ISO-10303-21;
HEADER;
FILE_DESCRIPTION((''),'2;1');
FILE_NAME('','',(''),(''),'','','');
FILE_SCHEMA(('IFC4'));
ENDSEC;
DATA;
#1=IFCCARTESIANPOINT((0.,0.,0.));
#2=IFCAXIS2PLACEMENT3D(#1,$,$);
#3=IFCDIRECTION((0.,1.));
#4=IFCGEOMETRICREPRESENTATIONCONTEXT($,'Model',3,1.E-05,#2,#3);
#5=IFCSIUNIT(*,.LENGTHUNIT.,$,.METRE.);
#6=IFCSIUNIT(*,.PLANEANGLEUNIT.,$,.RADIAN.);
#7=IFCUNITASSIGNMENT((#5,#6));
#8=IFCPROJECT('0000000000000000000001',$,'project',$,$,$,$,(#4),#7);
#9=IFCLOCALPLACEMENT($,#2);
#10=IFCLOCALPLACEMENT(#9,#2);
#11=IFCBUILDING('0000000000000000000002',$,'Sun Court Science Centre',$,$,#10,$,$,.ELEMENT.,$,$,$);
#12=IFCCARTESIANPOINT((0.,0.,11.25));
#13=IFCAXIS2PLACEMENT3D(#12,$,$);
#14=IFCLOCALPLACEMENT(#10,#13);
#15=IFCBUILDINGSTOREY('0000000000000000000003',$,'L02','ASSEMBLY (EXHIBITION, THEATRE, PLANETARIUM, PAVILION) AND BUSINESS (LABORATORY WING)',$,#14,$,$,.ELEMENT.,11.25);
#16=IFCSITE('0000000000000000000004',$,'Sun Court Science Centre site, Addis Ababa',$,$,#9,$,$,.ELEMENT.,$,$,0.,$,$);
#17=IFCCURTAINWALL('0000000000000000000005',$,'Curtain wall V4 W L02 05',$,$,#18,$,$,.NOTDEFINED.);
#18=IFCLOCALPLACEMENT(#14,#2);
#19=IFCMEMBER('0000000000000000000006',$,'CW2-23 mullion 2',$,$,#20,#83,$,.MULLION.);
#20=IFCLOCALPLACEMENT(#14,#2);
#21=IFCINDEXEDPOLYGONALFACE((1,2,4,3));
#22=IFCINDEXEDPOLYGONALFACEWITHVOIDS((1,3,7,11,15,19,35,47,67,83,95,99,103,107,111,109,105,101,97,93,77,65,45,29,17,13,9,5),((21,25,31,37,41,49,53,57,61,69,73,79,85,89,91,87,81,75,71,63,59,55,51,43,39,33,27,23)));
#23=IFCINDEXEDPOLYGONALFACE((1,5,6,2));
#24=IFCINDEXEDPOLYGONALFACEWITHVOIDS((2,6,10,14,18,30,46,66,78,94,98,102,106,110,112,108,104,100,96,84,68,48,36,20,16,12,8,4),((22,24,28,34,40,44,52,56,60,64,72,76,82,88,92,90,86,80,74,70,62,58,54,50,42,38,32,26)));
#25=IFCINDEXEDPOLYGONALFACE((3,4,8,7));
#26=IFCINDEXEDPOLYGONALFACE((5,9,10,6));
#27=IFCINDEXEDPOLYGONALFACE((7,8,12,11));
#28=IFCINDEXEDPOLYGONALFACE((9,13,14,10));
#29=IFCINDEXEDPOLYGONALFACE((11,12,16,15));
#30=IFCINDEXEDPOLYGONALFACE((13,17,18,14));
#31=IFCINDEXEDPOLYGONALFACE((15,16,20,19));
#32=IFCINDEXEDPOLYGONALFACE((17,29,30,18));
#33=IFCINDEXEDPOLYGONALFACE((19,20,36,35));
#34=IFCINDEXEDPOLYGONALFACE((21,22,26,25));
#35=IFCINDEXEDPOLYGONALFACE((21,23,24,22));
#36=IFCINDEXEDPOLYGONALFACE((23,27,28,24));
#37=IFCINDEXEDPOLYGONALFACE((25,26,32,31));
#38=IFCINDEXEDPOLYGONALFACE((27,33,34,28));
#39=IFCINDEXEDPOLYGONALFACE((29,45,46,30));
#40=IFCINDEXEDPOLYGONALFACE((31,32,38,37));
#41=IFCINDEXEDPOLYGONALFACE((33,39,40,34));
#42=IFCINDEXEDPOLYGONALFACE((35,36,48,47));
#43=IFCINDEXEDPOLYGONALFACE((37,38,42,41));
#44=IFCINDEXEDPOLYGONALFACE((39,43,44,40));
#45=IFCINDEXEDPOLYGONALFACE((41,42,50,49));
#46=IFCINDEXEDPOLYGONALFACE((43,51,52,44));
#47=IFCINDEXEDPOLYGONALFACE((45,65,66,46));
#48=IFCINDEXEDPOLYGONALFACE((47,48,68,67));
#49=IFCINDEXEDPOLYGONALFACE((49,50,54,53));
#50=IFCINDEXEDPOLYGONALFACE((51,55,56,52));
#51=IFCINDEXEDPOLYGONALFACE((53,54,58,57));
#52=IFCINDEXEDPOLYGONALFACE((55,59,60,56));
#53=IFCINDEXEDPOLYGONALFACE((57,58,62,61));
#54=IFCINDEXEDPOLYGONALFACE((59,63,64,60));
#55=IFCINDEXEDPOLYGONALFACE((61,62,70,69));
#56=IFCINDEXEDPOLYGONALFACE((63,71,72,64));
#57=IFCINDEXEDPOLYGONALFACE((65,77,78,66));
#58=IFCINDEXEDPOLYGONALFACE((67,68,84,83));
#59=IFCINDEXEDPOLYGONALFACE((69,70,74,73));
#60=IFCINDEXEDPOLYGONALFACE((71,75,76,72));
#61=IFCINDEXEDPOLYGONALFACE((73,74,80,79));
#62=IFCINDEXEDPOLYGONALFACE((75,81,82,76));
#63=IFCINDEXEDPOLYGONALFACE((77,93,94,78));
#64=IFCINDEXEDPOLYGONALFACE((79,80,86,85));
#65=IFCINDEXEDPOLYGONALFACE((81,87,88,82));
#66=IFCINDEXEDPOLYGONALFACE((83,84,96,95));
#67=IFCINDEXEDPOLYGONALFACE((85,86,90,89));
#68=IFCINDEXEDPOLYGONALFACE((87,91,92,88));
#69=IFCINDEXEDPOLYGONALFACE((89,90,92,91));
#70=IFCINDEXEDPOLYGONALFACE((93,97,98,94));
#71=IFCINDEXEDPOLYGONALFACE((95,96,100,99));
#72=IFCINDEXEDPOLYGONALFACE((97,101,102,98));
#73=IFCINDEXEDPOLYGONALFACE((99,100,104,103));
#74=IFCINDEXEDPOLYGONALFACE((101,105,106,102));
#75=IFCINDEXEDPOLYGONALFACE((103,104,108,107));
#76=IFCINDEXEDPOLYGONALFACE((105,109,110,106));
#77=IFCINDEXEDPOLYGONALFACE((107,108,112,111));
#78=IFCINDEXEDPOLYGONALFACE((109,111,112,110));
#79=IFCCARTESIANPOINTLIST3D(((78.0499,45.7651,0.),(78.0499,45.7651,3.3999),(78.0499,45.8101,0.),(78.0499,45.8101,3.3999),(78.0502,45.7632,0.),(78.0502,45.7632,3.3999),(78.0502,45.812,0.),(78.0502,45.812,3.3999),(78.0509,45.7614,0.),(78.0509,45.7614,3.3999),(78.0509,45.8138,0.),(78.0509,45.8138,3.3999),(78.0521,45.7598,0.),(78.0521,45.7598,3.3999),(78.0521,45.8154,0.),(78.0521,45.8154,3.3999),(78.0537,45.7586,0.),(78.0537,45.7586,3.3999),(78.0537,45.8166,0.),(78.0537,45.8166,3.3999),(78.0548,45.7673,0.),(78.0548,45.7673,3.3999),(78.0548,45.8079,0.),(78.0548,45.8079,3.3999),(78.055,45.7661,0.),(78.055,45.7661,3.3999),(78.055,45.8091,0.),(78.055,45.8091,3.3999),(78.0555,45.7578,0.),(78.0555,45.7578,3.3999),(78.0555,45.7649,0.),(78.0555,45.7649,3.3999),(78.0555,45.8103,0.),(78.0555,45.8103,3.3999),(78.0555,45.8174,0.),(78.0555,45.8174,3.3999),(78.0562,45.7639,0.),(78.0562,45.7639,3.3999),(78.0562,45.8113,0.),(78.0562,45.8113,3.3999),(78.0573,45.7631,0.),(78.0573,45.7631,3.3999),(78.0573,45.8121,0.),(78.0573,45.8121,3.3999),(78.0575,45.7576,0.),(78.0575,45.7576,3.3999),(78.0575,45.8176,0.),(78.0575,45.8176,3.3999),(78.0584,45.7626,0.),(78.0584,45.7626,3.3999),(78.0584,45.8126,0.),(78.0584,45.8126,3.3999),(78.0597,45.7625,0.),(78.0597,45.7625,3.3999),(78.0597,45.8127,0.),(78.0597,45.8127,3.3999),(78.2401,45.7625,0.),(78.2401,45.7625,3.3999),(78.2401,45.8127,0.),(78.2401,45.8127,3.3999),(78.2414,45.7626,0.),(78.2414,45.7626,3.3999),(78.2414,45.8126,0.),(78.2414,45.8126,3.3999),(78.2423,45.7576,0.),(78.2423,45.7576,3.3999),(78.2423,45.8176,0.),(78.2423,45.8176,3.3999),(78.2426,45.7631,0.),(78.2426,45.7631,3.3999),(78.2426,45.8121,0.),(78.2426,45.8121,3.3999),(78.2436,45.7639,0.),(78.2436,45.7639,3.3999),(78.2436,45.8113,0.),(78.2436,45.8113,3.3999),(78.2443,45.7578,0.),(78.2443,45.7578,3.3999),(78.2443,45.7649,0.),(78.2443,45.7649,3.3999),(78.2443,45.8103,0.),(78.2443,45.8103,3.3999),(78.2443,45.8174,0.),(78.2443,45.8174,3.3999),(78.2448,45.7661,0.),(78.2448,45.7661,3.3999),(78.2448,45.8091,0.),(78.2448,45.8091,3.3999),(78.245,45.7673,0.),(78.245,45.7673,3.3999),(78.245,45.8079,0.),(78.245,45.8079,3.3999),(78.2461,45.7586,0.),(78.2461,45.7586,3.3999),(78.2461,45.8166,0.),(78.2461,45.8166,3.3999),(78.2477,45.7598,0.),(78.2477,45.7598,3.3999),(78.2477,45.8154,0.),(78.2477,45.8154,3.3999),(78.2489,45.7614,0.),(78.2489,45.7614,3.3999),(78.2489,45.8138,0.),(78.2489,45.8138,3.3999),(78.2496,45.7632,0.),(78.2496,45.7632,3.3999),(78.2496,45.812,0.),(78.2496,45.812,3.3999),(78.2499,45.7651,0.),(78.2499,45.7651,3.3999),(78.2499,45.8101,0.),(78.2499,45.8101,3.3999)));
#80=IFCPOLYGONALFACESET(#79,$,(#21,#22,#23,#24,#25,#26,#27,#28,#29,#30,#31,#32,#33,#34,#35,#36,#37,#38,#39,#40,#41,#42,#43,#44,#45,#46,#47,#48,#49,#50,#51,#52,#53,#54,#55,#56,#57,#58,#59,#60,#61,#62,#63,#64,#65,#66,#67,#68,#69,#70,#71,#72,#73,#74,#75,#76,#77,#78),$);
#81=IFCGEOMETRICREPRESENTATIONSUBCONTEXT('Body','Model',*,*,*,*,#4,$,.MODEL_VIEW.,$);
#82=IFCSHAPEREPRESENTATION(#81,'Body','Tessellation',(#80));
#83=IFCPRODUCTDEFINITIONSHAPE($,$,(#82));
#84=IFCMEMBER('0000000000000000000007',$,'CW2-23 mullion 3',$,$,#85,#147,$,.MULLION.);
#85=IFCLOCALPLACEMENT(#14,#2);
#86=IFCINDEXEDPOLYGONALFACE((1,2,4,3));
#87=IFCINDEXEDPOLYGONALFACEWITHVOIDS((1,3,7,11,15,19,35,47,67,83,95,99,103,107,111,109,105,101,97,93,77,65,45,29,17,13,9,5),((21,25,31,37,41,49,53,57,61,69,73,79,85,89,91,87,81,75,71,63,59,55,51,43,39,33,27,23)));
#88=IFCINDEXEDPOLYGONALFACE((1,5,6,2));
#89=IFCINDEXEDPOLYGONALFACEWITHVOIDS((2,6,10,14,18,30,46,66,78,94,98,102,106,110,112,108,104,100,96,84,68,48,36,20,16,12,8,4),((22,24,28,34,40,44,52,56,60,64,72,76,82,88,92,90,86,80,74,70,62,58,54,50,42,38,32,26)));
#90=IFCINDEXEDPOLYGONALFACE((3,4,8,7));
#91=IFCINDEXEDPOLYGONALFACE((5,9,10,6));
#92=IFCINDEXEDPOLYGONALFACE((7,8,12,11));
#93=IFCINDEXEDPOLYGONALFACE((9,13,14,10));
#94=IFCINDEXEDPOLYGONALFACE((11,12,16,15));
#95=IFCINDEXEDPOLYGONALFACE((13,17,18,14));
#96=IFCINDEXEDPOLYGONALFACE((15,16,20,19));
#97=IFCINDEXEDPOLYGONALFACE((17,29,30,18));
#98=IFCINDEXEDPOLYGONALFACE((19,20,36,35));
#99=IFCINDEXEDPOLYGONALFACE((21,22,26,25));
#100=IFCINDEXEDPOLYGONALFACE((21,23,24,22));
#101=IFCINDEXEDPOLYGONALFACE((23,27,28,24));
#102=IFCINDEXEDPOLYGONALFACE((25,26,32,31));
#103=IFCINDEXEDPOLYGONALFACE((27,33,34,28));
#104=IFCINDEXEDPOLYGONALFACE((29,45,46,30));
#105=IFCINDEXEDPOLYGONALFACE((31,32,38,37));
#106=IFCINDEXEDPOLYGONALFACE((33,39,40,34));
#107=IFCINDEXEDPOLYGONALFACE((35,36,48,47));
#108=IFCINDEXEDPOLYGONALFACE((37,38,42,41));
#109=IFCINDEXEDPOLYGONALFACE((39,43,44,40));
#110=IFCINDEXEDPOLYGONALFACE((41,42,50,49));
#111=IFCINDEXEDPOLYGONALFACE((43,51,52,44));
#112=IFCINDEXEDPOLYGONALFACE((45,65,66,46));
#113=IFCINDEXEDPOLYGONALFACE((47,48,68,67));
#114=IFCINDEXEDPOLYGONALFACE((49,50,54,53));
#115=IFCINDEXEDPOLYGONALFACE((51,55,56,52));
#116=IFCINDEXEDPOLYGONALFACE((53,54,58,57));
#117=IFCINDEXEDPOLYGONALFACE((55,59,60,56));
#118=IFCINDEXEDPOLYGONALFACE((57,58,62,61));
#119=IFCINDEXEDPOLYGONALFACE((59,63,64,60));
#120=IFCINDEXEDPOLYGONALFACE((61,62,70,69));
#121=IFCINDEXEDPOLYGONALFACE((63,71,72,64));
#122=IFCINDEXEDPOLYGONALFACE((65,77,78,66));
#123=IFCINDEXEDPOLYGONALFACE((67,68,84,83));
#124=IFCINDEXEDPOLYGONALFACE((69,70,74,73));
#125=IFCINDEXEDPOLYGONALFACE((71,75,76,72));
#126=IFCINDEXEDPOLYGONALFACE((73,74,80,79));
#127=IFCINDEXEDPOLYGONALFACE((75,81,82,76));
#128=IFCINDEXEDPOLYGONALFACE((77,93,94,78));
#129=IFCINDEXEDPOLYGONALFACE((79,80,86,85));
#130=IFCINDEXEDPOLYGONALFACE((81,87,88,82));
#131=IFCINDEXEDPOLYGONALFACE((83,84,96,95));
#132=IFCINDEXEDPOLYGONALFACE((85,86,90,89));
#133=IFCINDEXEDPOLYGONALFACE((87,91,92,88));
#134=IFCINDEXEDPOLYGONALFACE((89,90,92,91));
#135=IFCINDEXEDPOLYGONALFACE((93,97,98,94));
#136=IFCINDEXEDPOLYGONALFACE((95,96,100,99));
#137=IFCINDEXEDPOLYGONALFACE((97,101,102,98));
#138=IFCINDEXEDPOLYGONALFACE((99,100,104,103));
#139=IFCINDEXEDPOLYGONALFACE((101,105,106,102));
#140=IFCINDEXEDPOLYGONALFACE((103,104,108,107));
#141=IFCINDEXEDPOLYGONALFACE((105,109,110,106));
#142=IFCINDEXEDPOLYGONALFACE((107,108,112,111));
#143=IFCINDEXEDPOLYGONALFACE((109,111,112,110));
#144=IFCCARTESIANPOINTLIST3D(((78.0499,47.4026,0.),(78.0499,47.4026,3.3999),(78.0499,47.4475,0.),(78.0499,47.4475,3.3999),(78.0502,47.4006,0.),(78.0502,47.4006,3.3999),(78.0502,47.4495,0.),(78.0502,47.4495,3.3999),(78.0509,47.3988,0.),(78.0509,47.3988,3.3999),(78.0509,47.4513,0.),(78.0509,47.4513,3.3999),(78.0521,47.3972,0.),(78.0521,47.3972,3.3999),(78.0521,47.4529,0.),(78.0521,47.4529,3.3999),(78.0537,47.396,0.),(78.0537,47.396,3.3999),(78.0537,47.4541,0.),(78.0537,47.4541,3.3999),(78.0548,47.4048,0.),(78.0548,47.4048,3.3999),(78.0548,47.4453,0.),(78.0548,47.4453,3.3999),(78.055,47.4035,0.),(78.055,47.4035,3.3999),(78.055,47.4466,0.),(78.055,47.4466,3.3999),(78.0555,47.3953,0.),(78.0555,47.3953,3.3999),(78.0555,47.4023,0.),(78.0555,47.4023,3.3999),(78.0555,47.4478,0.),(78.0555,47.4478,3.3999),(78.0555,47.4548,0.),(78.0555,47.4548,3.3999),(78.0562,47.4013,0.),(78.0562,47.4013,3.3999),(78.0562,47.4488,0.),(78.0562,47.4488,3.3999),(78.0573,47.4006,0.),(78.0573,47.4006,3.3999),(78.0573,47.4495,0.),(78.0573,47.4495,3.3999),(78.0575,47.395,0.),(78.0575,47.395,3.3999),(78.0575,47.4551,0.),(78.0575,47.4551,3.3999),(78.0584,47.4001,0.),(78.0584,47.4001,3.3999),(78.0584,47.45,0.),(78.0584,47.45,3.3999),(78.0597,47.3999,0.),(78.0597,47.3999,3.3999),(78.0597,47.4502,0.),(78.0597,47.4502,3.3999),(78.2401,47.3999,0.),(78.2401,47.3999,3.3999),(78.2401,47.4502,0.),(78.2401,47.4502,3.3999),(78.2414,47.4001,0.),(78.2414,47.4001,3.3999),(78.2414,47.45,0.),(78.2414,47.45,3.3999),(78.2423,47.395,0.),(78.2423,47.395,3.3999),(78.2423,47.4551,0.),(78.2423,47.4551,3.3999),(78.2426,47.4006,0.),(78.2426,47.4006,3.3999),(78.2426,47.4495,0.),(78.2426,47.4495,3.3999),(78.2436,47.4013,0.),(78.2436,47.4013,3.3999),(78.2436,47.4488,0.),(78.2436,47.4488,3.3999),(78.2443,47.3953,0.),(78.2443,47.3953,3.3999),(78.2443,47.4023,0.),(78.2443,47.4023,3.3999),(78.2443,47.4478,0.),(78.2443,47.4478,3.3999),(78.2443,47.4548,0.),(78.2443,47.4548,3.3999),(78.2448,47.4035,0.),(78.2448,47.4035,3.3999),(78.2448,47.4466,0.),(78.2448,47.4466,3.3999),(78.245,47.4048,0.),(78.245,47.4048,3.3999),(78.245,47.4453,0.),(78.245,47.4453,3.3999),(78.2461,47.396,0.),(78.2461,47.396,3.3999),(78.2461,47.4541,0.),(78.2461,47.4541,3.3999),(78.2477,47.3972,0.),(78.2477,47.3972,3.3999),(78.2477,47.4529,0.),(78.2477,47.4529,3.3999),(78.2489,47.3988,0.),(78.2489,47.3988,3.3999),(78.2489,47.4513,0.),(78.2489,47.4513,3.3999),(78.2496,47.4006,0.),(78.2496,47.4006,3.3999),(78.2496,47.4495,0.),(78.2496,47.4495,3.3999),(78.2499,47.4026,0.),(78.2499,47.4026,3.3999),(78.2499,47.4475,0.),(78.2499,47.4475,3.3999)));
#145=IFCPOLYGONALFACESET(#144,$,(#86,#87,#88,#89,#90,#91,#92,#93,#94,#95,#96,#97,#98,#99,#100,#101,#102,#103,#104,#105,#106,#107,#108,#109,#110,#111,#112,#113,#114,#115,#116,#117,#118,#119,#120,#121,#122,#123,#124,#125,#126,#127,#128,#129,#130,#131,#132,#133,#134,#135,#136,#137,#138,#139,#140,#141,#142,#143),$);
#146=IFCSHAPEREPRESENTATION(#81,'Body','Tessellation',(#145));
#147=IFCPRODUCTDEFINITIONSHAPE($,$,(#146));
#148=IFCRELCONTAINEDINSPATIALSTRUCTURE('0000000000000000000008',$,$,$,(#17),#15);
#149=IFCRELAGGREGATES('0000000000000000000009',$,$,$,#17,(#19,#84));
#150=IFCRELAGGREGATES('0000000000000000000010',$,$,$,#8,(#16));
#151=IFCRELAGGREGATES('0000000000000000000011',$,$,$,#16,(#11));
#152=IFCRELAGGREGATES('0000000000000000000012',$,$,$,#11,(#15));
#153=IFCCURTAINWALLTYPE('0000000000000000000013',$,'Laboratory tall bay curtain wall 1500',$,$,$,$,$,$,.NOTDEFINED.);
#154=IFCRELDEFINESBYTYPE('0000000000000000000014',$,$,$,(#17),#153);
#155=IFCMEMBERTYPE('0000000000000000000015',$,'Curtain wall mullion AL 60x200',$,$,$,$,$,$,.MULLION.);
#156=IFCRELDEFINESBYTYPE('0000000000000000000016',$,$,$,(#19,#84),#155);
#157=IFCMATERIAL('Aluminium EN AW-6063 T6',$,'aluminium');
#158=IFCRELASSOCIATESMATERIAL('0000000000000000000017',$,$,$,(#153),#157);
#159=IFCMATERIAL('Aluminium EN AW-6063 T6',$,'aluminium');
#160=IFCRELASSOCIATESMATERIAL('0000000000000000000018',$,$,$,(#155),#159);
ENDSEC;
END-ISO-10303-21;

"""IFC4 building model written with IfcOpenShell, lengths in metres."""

from ifc_helpers import new_model, si_unit, direction, frame, origin, origin_2d, place, context, subcontext, project, spatial, hollow_rectangle, extrude, material, material_profile, profile_set, type_object, element, aggregate, save


model = new_model("IFC4")

# Units and contexts
model_context = context("Model", 3, precision=1e-05, world=origin(), true_north=direction((0.0, 1.0)))
body_context = subcontext(model_context, "Body", "Model", "MODEL_VIEW")
ifc_project = project(units=[si_unit("LENGTHUNIT", "METRE"), si_unit("PLANEANGLEUNIT", "RADIAN")], contexts=[model_context])

# Site, building, storey
site_placement = place(None, origin())
site = spatial("IfcSite", under=ifc_project, at=site_placement, Name="Sun Court Science Centre site, Addis Ababa", CompositionType="ELEMENT", RefElevation=0.0)
building_placement = place(site_placement, origin())
building = spatial("IfcBuilding", under=site, at=building_placement, Name="Sun Court Science Centre", CompositionType="ELEMENT")
storey_placement = place(building_placement, frame((0.0, 0.0, 11.25)))
storey = spatial("IfcBuildingStorey", under=building, at=storey_placement, Name="L02", Description="ASSEMBLY (EXHIBITION, THEATRE, PLANETARIUM, PAVILION) AND BUSINESS (LABORATORY WING)", CompositionType="ELEMENT", Elevation=11.25)

# Shared definitions
ifc_material_1 = material(Name="Aluminium EN AW-6063 T6", Category="aluminium")
curtain_wall_type = type_object("IfcCurtainWallType", Name="Laboratory tall bay curtain wall 1500", PredefinedType="NOTDEFINED", material=ifc_material_1)
ifc_material_2 = material(Name="Aluminium EN AW-6063 T6", Category="aluminium")
ifc_material_profile_1 = material_profile(ifc_material_2, hollow_rectangle(XDim=0.0601, YDim=0.2, WallThickness=0.0049, InnerFilletRadius=0.0049, OuterFilletRadius=0.0076, at=origin_2d()), Name="AL 60x200x5")
ifc_profile_set_1 = profile_set([ifc_material_profile_1], Name="Aluminium EN AW-6063 T6")
member_type_1 = type_object("IfcMemberType", Name="Curtain wall mullion AL 60x200", PredefinedType="MULLION", material=ifc_profile_set_1)

# Curtain wall, members
curtain_wall_1_placement = place(storey_placement, origin())
curtain_wall_1 = element("IfcCurtainWall", 1, at=curtain_wall_1_placement, inside=storey, type_object=curtain_wall_type, Name="Curtain wall V4 W L02 05", PredefinedType="NOTDEFINED")
member_1_placement = place(storey_placement, frame((78.1499, 45.7876, 0.0), z_axis=(0.0, 0.0, 1.0), x_axis=(0.0, 1.0, 0.0)))
member_1 = element("IfcMember", 2, at=member_1_placement, type_object=member_type_1, Name="CW2-23 mullion 2", PredefinedType="MULLION", context=body_context, shape_type="SweptSolid", body=[
    extrude(hollow_rectangle(XDim=0.0601, YDim=0.2, WallThickness=0.0049, InnerFilletRadius=0.0049, OuterFilletRadius=0.0076, at=origin_2d()), origin(), (0.0, 0.0, 1.0), 3.3999),
])
member_2_placement = place(storey_placement, frame((78.1499, 47.425, 0.0), z_axis=(0.0, 0.0, 1.0), x_axis=(0.0, 1.0, 0.0)))
member_2 = element("IfcMember", 3, at=member_2_placement, type_object=member_type_1, Name="CW2-23 mullion 3", PredefinedType="MULLION", context=body_context, shape_type="SweptSolid", body=[
    extrude(hollow_rectangle(XDim=0.0601, YDim=0.2, WallThickness=0.0049, InnerFilletRadius=0.0049, OuterFilletRadius=0.0076, at=origin_2d()), origin(), (0.0, 0.0, 1.0), 3.3999),
])

aggregate(curtain_wall_1, [member_1, member_2])

save(model, "model.ifc")
